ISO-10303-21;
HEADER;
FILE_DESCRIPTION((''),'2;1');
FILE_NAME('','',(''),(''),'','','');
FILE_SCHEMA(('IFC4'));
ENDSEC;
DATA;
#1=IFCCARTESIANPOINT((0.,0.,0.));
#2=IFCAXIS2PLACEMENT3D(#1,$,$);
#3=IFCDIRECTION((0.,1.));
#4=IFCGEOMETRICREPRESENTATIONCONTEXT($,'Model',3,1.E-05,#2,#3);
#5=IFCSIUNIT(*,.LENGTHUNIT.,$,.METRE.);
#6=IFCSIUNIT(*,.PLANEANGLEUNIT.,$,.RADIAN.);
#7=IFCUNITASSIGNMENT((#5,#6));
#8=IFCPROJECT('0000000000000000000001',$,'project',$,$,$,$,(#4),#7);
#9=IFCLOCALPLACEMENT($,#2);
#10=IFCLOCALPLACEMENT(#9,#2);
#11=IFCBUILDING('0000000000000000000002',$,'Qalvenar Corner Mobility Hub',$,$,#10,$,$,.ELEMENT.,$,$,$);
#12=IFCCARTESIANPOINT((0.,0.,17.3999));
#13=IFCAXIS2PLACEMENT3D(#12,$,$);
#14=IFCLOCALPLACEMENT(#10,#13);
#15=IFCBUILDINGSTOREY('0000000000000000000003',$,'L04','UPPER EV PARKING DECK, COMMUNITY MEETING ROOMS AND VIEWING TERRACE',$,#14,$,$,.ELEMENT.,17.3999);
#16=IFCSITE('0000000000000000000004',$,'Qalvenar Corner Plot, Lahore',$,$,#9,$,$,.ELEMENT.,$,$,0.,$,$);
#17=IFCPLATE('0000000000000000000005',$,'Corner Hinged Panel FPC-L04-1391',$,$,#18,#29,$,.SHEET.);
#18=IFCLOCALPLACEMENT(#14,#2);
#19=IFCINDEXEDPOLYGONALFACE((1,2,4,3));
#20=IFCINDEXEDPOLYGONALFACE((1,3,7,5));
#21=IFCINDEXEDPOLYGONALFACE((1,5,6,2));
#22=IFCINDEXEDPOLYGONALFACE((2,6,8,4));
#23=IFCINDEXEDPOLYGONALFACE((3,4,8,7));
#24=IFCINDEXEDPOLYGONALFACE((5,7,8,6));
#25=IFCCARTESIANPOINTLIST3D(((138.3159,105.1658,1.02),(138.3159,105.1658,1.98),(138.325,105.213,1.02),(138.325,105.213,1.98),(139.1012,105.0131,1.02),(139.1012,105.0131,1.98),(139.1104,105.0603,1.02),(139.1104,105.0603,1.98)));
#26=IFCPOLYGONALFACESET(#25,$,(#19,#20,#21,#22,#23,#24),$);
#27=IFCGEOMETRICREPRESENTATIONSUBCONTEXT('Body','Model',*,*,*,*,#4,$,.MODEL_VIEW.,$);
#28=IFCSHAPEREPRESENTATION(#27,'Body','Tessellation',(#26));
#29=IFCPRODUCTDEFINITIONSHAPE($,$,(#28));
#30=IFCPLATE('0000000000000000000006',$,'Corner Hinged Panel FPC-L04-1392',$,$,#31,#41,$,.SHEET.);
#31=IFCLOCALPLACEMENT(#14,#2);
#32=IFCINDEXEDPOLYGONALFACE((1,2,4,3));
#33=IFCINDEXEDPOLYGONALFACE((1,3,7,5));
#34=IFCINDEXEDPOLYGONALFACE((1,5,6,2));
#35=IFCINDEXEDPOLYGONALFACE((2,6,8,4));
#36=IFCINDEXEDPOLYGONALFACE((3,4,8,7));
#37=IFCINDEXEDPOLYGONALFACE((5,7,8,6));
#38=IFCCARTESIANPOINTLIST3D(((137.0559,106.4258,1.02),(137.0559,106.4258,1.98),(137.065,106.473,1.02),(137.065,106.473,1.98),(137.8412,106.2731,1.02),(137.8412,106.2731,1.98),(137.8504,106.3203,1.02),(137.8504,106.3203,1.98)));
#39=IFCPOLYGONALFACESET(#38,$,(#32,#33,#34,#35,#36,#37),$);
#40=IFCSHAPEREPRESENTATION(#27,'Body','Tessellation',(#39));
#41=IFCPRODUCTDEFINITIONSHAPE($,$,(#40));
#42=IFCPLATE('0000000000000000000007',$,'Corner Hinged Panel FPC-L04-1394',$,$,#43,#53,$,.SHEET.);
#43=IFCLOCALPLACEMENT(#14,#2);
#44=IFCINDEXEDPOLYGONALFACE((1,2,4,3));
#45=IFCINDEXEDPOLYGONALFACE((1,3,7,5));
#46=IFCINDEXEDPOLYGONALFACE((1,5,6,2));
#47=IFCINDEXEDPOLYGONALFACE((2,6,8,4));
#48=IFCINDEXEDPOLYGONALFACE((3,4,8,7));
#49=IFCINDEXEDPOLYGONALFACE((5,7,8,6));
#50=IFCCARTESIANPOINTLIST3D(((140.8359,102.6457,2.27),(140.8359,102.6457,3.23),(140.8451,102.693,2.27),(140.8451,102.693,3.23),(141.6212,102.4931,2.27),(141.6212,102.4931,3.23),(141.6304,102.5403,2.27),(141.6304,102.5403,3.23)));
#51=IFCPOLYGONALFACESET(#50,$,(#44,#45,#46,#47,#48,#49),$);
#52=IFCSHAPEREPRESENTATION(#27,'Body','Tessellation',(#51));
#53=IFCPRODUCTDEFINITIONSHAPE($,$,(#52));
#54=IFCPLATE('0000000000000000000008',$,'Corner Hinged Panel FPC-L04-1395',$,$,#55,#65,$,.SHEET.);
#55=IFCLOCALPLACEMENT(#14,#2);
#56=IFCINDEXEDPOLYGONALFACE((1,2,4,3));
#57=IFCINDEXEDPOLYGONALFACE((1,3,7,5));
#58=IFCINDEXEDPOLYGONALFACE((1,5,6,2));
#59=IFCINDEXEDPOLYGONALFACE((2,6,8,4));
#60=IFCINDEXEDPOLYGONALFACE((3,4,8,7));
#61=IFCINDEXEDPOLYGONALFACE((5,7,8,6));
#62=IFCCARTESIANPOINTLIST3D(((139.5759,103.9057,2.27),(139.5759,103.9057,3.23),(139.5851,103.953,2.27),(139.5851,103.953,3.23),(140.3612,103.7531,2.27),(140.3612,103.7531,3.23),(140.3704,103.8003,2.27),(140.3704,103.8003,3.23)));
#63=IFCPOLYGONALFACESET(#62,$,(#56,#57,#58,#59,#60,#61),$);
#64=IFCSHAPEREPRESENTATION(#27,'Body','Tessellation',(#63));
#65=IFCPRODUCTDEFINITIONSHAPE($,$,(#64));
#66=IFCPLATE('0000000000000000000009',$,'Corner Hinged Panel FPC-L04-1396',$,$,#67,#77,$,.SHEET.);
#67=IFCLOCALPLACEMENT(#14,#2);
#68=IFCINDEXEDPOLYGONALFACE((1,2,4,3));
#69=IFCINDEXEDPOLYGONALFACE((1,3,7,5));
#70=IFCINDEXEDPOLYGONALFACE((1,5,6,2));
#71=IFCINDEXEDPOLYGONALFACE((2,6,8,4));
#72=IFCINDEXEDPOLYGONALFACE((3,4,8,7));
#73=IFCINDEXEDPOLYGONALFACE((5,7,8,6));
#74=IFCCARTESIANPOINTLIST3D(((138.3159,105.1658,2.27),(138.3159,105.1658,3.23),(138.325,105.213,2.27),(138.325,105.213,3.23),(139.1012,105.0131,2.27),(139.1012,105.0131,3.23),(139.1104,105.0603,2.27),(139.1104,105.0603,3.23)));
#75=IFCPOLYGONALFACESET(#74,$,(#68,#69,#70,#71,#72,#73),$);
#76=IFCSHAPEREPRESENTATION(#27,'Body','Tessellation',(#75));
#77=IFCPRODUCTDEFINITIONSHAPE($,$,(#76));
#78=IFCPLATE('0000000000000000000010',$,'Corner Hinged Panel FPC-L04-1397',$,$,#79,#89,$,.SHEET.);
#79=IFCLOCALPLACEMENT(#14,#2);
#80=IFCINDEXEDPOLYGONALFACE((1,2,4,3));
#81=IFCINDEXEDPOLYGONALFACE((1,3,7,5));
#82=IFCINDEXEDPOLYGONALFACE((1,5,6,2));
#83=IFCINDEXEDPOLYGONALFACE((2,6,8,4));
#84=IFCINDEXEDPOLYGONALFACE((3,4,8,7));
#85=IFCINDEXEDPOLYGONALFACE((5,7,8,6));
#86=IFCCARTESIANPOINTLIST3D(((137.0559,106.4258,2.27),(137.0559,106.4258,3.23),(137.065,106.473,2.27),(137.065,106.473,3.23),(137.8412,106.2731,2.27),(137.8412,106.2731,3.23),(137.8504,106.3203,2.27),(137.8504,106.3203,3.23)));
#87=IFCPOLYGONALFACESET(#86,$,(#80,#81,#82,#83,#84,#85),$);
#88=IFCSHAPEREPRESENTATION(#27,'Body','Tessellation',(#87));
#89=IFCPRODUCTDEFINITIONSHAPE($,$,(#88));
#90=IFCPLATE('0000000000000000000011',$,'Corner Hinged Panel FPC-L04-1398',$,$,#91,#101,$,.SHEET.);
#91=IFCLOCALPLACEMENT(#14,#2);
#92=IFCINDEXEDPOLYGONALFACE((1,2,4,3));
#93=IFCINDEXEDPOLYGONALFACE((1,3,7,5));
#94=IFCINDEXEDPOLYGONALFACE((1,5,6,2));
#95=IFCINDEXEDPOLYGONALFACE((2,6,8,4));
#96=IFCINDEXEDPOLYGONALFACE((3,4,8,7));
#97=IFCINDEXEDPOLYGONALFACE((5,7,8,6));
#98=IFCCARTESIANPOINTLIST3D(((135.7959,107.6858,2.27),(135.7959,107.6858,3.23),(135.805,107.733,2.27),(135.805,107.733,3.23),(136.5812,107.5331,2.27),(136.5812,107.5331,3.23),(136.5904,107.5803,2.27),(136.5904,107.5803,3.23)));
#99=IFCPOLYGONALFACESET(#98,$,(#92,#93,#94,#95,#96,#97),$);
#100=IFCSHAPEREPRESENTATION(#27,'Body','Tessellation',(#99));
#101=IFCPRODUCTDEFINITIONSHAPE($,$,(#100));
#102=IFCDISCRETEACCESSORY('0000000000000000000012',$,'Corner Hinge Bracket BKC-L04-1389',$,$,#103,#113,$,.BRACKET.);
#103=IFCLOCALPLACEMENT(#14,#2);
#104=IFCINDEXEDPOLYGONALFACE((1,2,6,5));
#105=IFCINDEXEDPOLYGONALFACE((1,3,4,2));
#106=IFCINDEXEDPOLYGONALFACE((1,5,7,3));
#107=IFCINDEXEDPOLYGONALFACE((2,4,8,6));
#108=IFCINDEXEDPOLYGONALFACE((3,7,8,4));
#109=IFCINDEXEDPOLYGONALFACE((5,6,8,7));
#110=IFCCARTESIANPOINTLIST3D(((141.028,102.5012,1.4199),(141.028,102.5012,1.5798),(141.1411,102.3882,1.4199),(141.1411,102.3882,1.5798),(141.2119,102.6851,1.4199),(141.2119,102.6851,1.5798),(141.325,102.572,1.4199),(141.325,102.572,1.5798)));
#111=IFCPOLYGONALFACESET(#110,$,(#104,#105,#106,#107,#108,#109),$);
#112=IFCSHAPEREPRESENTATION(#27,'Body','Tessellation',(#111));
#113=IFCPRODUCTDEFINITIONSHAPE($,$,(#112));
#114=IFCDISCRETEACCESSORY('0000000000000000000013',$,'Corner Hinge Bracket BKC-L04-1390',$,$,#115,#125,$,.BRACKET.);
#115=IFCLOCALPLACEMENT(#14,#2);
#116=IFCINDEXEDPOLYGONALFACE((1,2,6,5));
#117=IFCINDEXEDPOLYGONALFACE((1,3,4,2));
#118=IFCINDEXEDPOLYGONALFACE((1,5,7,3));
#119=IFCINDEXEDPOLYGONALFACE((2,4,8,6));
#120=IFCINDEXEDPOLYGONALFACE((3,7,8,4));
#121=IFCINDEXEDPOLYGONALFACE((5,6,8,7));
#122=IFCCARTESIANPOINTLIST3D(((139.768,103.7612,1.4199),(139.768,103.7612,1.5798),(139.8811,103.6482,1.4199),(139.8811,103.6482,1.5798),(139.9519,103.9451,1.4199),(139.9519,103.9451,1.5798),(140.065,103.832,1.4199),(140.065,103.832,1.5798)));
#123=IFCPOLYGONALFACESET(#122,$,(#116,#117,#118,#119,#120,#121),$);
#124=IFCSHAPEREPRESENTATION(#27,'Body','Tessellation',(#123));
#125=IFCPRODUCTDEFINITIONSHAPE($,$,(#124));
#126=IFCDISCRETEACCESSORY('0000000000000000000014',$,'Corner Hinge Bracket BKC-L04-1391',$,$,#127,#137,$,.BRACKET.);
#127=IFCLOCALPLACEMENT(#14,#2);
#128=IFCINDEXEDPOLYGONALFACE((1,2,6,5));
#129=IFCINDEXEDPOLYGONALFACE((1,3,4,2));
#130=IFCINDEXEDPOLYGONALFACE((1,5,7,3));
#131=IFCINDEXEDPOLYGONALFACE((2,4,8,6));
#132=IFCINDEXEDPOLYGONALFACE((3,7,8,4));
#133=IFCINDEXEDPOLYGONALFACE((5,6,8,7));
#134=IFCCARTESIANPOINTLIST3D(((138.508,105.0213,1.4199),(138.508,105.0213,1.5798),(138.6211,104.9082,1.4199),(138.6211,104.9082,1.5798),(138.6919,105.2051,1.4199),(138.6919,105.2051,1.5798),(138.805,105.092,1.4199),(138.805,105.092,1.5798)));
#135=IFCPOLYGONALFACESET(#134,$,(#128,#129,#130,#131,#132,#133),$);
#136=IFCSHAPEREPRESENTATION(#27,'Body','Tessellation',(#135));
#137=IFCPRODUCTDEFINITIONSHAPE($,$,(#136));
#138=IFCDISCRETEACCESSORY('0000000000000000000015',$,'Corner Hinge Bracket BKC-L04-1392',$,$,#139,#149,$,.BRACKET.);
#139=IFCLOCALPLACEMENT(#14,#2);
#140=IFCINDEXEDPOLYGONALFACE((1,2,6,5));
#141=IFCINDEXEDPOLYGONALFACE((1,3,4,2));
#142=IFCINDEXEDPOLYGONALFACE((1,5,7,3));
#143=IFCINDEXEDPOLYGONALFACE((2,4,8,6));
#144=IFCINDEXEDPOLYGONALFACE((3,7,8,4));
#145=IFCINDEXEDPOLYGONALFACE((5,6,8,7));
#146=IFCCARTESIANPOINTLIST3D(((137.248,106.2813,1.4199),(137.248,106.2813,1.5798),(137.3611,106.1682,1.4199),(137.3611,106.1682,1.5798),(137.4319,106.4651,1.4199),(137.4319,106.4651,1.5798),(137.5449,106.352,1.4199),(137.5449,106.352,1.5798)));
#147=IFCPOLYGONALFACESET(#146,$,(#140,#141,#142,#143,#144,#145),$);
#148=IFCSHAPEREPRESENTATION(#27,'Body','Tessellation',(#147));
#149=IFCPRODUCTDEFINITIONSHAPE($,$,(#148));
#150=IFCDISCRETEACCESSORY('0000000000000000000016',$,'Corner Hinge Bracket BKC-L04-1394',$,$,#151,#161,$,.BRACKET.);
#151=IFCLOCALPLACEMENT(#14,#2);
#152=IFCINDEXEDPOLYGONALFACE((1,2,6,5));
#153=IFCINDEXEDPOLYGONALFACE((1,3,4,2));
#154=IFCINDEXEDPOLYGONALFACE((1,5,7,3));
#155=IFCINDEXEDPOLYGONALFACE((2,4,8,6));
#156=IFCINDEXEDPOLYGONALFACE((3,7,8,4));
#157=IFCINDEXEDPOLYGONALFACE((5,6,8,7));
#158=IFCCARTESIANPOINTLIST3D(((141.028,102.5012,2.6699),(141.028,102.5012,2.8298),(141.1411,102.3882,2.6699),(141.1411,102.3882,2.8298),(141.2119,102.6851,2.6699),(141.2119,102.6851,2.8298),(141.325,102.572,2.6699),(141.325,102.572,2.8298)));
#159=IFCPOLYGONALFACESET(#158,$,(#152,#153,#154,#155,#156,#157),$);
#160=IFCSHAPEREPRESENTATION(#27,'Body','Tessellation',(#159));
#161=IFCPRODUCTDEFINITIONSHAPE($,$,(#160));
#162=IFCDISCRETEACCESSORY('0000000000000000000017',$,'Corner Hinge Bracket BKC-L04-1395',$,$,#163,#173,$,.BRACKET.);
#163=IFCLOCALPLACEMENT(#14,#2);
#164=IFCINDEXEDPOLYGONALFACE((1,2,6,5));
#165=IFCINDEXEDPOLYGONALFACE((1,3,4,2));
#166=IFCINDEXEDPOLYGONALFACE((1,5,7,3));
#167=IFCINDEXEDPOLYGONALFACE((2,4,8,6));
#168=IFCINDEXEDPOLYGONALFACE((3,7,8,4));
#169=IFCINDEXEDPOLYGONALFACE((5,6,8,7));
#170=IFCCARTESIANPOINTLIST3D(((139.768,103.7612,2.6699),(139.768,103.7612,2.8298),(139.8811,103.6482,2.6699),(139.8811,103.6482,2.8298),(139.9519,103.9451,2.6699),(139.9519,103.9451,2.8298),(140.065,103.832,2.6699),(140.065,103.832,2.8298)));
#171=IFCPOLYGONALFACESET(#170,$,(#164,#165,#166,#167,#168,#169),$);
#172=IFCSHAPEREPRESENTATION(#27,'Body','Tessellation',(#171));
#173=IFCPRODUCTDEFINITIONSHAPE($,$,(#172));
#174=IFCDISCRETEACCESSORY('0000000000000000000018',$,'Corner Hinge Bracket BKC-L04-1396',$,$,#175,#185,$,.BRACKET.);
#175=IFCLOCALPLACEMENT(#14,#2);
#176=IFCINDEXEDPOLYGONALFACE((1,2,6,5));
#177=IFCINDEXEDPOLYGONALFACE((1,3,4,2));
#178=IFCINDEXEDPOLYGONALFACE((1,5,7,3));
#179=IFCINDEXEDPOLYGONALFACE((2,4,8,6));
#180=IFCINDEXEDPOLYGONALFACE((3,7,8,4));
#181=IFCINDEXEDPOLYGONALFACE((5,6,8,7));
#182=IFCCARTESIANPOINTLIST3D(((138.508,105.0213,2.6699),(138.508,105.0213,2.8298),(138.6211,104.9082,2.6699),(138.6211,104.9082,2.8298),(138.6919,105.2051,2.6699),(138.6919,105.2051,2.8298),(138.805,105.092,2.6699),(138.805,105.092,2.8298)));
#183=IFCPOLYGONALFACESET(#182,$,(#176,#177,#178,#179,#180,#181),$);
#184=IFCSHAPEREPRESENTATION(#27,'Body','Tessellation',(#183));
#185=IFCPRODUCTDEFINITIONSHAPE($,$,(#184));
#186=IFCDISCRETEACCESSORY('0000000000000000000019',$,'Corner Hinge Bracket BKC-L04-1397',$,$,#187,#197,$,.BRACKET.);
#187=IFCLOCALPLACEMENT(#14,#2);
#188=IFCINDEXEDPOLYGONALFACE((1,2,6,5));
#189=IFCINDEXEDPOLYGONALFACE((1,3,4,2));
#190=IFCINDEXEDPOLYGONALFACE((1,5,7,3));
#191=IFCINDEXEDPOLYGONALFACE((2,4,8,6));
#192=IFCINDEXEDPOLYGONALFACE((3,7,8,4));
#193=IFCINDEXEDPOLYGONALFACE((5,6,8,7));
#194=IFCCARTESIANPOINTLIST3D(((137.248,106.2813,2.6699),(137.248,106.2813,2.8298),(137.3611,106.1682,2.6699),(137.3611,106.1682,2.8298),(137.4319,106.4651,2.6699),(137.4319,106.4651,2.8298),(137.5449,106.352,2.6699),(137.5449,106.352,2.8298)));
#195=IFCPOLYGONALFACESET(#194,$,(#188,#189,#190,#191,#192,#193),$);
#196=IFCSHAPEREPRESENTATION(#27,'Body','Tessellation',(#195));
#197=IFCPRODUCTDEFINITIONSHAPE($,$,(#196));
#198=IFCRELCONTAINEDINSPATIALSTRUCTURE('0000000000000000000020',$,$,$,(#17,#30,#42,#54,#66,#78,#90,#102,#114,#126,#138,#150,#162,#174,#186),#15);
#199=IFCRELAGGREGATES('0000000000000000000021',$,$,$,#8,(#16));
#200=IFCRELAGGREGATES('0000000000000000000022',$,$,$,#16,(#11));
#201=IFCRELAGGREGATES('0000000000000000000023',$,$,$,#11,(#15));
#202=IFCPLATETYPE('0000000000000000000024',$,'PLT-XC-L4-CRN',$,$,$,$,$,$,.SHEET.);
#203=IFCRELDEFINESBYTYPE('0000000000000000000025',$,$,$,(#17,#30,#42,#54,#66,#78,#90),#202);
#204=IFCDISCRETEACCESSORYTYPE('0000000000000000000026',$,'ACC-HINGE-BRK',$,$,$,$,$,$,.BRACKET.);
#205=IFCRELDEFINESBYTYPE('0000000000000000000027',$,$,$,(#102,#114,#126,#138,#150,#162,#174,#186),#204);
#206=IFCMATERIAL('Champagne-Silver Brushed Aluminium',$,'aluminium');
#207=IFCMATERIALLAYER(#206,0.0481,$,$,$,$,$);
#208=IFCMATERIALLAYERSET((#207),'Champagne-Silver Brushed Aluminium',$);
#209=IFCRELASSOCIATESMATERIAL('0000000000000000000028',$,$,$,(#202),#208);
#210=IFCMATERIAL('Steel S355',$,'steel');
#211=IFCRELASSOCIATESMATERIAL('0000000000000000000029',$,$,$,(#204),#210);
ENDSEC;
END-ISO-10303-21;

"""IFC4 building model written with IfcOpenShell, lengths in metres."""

from ifc_helpers import new_model, si_unit, direction, frame, origin, origin_2d, place, context, subcontext, project, spatial, rectangle, extrude, material, layer, layer_set, type_object, element, save


model = new_model("IFC4")

# Units and contexts
model_context = context("Model", 3, precision=1e-05, world=origin(), true_north=direction((0.0, 1.0)))
body_context = subcontext(model_context, "Body", "Model", "MODEL_VIEW")
ifc_project = project(units=[si_unit("LENGTHUNIT", "METRE"), si_unit("PLANEANGLEUNIT", "RADIAN")], contexts=[model_context])

# Site, building, storey
site_placement = place(None, origin())
site = spatial("IfcSite", under=ifc_project, at=site_placement, Name="Qalvenar Corner Plot, Lahore", CompositionType="ELEMENT", RefElevation=0.0)
building_placement = place(site_placement, origin())
building = spatial("IfcBuilding", under=site, at=building_placement, Name="Qalvenar Corner Mobility Hub", CompositionType="ELEMENT")
storey_placement = place(building_placement, frame((0.0, 0.0, 17.3999)))
storey = spatial("IfcBuildingStorey", under=building, at=storey_placement, Name="L04", Description="UPPER EV PARKING DECK, COMMUNITY MEETING ROOMS AND VIEWING TERRACE", CompositionType="ELEMENT", Elevation=17.3999)

# Shared definitions
ifc_material_1 = material(Name="Steel S355", Category="steel")

# Plates
ifc_material_2 = material(Name="Champagne-Silver Brushed Aluminium", Category="aluminium")
ifc_layer_1 = layer(ifc_material_2, 0.0481)
ifc_layer_set_1 = layer_set([ifc_layer_1], Name="Champagne-Silver Brushed Aluminium")
plate_type_1 = type_object("IfcPlateType", Name="PLT-XC-L4-CRN", PredefinedType="SHEET", material=ifc_layer_set_1)
for number, where, z_axis, x_axis, name in (
    (1, (138.7131, 105.113, 1.02), (0.0, 0.0, 1.0), (-0.981627, 0.190809, 0.0), "Corner Hinged Panel FPC-L04-1391"),
    (2, (137.4531, 106.373, 1.02), (0.0, 0.0, 1.0), (-0.981627, 0.190809, 0.0), "Corner Hinged Panel FPC-L04-1392"),
    (3, (141.2332, 102.593, 2.27), (0.0, 0.0, 1.0), (-0.981627, 0.190809, 0.0), "Corner Hinged Panel FPC-L04-1394"),
    (4, (139.9731, 103.853, 2.27), (0.0, 0.0, 1.0), (-0.981627, 0.190809, 0.0), "Corner Hinged Panel FPC-L04-1395"),
    (5, (138.7131, 105.113, 2.27), (0.0, 0.0, 1.0), (-0.981627, 0.190809, 0.0), "Corner Hinged Panel FPC-L04-1396"),
    (6, (137.4531, 106.373, 2.27), (0.0, 0.0, 1.0), (-0.981627, 0.190809, 0.0), "Corner Hinged Panel FPC-L04-1397"),
    (7, (136.1931, 107.6331, 2.27), (0.0, 0.0, 1.0), (-0.981627, 0.190809, 0.0), "Corner Hinged Panel FPC-L04-1398"),
):
    element("IfcPlate", number, at=place(storey_placement, frame(where, z_axis=z_axis, x_axis=x_axis)), inside=storey, type_object=plate_type_1, Name=name, PredefinedType="SHEET", context=body_context, shape_type="SweptSolid", body=[
        extrude(rectangle(XDim=0.8, YDim=0.0481, at=origin_2d()), origin(), (0.0, 0.0, 1.0), 0.96),
    ])

# Discrete accessories
discrete_accessory_type = type_object("IfcDiscreteAccessoryType", Name="ACC-HINGE-BRK", PredefinedType="BRACKET", material=ifc_material_1)
for number, where, z_axis, x_axis, name in (
    (8, (141.1765, 102.5366, 1.4199), (0.0, 0.0, 1.0), (-0.707107, 0.707107, 0.0), "Corner Hinge Bracket BKC-L04-1389"),
    (9, (139.9165, 103.7966, 1.4199), (0.0, 0.0, 1.0), (-0.707107, 0.707107, 0.0), "Corner Hinge Bracket BKC-L04-1390"),
    (10, (138.6565, 105.0566, 1.4199), (0.0, 0.0, 1.0), (-0.707107, 0.707107, 0.0), "Corner Hinge Bracket BKC-L04-1391"),
    (11, (137.3965, 106.3167, 1.4199), (0.0, 0.0, 1.0), (-0.707107, 0.707107, 0.0), "Corner Hinge Bracket BKC-L04-1392"),
    (12, (141.1765, 102.5366, 2.6699), (0.0, 0.0, 1.0), (-0.707107, 0.707107, 0.0), "Corner Hinge Bracket BKC-L04-1394"),
    (13, (139.9165, 103.7966, 2.6699), (0.0, 0.0, 1.0), (-0.707107, 0.707107, 0.0), "Corner Hinge Bracket BKC-L04-1395"),
    (14, (138.6565, 105.0566, 2.6699), (0.0, 0.0, 1.0), (-0.707107, 0.707107, 0.0), "Corner Hinge Bracket BKC-L04-1396"),
    (15, (137.3965, 106.3167, 2.6699), (0.0, 0.0, 1.0), (-0.707107, 0.707107, 0.0), "Corner Hinge Bracket BKC-L04-1397"),
):
    element("IfcDiscreteAccessory", number, at=place(storey_placement, frame(where, z_axis=z_axis, x_axis=x_axis)), inside=storey, type_object=discrete_accessory_type, Name=name, PredefinedType="BRACKET", context=body_context, shape_type="SweptSolid", body=[
        extrude(rectangle(XDim=0.1599, YDim=0.26, at=origin_2d()), origin(), (0.0, 0.0, 1.0), 0.1599),
    ])

save(model, "model.ifc")
